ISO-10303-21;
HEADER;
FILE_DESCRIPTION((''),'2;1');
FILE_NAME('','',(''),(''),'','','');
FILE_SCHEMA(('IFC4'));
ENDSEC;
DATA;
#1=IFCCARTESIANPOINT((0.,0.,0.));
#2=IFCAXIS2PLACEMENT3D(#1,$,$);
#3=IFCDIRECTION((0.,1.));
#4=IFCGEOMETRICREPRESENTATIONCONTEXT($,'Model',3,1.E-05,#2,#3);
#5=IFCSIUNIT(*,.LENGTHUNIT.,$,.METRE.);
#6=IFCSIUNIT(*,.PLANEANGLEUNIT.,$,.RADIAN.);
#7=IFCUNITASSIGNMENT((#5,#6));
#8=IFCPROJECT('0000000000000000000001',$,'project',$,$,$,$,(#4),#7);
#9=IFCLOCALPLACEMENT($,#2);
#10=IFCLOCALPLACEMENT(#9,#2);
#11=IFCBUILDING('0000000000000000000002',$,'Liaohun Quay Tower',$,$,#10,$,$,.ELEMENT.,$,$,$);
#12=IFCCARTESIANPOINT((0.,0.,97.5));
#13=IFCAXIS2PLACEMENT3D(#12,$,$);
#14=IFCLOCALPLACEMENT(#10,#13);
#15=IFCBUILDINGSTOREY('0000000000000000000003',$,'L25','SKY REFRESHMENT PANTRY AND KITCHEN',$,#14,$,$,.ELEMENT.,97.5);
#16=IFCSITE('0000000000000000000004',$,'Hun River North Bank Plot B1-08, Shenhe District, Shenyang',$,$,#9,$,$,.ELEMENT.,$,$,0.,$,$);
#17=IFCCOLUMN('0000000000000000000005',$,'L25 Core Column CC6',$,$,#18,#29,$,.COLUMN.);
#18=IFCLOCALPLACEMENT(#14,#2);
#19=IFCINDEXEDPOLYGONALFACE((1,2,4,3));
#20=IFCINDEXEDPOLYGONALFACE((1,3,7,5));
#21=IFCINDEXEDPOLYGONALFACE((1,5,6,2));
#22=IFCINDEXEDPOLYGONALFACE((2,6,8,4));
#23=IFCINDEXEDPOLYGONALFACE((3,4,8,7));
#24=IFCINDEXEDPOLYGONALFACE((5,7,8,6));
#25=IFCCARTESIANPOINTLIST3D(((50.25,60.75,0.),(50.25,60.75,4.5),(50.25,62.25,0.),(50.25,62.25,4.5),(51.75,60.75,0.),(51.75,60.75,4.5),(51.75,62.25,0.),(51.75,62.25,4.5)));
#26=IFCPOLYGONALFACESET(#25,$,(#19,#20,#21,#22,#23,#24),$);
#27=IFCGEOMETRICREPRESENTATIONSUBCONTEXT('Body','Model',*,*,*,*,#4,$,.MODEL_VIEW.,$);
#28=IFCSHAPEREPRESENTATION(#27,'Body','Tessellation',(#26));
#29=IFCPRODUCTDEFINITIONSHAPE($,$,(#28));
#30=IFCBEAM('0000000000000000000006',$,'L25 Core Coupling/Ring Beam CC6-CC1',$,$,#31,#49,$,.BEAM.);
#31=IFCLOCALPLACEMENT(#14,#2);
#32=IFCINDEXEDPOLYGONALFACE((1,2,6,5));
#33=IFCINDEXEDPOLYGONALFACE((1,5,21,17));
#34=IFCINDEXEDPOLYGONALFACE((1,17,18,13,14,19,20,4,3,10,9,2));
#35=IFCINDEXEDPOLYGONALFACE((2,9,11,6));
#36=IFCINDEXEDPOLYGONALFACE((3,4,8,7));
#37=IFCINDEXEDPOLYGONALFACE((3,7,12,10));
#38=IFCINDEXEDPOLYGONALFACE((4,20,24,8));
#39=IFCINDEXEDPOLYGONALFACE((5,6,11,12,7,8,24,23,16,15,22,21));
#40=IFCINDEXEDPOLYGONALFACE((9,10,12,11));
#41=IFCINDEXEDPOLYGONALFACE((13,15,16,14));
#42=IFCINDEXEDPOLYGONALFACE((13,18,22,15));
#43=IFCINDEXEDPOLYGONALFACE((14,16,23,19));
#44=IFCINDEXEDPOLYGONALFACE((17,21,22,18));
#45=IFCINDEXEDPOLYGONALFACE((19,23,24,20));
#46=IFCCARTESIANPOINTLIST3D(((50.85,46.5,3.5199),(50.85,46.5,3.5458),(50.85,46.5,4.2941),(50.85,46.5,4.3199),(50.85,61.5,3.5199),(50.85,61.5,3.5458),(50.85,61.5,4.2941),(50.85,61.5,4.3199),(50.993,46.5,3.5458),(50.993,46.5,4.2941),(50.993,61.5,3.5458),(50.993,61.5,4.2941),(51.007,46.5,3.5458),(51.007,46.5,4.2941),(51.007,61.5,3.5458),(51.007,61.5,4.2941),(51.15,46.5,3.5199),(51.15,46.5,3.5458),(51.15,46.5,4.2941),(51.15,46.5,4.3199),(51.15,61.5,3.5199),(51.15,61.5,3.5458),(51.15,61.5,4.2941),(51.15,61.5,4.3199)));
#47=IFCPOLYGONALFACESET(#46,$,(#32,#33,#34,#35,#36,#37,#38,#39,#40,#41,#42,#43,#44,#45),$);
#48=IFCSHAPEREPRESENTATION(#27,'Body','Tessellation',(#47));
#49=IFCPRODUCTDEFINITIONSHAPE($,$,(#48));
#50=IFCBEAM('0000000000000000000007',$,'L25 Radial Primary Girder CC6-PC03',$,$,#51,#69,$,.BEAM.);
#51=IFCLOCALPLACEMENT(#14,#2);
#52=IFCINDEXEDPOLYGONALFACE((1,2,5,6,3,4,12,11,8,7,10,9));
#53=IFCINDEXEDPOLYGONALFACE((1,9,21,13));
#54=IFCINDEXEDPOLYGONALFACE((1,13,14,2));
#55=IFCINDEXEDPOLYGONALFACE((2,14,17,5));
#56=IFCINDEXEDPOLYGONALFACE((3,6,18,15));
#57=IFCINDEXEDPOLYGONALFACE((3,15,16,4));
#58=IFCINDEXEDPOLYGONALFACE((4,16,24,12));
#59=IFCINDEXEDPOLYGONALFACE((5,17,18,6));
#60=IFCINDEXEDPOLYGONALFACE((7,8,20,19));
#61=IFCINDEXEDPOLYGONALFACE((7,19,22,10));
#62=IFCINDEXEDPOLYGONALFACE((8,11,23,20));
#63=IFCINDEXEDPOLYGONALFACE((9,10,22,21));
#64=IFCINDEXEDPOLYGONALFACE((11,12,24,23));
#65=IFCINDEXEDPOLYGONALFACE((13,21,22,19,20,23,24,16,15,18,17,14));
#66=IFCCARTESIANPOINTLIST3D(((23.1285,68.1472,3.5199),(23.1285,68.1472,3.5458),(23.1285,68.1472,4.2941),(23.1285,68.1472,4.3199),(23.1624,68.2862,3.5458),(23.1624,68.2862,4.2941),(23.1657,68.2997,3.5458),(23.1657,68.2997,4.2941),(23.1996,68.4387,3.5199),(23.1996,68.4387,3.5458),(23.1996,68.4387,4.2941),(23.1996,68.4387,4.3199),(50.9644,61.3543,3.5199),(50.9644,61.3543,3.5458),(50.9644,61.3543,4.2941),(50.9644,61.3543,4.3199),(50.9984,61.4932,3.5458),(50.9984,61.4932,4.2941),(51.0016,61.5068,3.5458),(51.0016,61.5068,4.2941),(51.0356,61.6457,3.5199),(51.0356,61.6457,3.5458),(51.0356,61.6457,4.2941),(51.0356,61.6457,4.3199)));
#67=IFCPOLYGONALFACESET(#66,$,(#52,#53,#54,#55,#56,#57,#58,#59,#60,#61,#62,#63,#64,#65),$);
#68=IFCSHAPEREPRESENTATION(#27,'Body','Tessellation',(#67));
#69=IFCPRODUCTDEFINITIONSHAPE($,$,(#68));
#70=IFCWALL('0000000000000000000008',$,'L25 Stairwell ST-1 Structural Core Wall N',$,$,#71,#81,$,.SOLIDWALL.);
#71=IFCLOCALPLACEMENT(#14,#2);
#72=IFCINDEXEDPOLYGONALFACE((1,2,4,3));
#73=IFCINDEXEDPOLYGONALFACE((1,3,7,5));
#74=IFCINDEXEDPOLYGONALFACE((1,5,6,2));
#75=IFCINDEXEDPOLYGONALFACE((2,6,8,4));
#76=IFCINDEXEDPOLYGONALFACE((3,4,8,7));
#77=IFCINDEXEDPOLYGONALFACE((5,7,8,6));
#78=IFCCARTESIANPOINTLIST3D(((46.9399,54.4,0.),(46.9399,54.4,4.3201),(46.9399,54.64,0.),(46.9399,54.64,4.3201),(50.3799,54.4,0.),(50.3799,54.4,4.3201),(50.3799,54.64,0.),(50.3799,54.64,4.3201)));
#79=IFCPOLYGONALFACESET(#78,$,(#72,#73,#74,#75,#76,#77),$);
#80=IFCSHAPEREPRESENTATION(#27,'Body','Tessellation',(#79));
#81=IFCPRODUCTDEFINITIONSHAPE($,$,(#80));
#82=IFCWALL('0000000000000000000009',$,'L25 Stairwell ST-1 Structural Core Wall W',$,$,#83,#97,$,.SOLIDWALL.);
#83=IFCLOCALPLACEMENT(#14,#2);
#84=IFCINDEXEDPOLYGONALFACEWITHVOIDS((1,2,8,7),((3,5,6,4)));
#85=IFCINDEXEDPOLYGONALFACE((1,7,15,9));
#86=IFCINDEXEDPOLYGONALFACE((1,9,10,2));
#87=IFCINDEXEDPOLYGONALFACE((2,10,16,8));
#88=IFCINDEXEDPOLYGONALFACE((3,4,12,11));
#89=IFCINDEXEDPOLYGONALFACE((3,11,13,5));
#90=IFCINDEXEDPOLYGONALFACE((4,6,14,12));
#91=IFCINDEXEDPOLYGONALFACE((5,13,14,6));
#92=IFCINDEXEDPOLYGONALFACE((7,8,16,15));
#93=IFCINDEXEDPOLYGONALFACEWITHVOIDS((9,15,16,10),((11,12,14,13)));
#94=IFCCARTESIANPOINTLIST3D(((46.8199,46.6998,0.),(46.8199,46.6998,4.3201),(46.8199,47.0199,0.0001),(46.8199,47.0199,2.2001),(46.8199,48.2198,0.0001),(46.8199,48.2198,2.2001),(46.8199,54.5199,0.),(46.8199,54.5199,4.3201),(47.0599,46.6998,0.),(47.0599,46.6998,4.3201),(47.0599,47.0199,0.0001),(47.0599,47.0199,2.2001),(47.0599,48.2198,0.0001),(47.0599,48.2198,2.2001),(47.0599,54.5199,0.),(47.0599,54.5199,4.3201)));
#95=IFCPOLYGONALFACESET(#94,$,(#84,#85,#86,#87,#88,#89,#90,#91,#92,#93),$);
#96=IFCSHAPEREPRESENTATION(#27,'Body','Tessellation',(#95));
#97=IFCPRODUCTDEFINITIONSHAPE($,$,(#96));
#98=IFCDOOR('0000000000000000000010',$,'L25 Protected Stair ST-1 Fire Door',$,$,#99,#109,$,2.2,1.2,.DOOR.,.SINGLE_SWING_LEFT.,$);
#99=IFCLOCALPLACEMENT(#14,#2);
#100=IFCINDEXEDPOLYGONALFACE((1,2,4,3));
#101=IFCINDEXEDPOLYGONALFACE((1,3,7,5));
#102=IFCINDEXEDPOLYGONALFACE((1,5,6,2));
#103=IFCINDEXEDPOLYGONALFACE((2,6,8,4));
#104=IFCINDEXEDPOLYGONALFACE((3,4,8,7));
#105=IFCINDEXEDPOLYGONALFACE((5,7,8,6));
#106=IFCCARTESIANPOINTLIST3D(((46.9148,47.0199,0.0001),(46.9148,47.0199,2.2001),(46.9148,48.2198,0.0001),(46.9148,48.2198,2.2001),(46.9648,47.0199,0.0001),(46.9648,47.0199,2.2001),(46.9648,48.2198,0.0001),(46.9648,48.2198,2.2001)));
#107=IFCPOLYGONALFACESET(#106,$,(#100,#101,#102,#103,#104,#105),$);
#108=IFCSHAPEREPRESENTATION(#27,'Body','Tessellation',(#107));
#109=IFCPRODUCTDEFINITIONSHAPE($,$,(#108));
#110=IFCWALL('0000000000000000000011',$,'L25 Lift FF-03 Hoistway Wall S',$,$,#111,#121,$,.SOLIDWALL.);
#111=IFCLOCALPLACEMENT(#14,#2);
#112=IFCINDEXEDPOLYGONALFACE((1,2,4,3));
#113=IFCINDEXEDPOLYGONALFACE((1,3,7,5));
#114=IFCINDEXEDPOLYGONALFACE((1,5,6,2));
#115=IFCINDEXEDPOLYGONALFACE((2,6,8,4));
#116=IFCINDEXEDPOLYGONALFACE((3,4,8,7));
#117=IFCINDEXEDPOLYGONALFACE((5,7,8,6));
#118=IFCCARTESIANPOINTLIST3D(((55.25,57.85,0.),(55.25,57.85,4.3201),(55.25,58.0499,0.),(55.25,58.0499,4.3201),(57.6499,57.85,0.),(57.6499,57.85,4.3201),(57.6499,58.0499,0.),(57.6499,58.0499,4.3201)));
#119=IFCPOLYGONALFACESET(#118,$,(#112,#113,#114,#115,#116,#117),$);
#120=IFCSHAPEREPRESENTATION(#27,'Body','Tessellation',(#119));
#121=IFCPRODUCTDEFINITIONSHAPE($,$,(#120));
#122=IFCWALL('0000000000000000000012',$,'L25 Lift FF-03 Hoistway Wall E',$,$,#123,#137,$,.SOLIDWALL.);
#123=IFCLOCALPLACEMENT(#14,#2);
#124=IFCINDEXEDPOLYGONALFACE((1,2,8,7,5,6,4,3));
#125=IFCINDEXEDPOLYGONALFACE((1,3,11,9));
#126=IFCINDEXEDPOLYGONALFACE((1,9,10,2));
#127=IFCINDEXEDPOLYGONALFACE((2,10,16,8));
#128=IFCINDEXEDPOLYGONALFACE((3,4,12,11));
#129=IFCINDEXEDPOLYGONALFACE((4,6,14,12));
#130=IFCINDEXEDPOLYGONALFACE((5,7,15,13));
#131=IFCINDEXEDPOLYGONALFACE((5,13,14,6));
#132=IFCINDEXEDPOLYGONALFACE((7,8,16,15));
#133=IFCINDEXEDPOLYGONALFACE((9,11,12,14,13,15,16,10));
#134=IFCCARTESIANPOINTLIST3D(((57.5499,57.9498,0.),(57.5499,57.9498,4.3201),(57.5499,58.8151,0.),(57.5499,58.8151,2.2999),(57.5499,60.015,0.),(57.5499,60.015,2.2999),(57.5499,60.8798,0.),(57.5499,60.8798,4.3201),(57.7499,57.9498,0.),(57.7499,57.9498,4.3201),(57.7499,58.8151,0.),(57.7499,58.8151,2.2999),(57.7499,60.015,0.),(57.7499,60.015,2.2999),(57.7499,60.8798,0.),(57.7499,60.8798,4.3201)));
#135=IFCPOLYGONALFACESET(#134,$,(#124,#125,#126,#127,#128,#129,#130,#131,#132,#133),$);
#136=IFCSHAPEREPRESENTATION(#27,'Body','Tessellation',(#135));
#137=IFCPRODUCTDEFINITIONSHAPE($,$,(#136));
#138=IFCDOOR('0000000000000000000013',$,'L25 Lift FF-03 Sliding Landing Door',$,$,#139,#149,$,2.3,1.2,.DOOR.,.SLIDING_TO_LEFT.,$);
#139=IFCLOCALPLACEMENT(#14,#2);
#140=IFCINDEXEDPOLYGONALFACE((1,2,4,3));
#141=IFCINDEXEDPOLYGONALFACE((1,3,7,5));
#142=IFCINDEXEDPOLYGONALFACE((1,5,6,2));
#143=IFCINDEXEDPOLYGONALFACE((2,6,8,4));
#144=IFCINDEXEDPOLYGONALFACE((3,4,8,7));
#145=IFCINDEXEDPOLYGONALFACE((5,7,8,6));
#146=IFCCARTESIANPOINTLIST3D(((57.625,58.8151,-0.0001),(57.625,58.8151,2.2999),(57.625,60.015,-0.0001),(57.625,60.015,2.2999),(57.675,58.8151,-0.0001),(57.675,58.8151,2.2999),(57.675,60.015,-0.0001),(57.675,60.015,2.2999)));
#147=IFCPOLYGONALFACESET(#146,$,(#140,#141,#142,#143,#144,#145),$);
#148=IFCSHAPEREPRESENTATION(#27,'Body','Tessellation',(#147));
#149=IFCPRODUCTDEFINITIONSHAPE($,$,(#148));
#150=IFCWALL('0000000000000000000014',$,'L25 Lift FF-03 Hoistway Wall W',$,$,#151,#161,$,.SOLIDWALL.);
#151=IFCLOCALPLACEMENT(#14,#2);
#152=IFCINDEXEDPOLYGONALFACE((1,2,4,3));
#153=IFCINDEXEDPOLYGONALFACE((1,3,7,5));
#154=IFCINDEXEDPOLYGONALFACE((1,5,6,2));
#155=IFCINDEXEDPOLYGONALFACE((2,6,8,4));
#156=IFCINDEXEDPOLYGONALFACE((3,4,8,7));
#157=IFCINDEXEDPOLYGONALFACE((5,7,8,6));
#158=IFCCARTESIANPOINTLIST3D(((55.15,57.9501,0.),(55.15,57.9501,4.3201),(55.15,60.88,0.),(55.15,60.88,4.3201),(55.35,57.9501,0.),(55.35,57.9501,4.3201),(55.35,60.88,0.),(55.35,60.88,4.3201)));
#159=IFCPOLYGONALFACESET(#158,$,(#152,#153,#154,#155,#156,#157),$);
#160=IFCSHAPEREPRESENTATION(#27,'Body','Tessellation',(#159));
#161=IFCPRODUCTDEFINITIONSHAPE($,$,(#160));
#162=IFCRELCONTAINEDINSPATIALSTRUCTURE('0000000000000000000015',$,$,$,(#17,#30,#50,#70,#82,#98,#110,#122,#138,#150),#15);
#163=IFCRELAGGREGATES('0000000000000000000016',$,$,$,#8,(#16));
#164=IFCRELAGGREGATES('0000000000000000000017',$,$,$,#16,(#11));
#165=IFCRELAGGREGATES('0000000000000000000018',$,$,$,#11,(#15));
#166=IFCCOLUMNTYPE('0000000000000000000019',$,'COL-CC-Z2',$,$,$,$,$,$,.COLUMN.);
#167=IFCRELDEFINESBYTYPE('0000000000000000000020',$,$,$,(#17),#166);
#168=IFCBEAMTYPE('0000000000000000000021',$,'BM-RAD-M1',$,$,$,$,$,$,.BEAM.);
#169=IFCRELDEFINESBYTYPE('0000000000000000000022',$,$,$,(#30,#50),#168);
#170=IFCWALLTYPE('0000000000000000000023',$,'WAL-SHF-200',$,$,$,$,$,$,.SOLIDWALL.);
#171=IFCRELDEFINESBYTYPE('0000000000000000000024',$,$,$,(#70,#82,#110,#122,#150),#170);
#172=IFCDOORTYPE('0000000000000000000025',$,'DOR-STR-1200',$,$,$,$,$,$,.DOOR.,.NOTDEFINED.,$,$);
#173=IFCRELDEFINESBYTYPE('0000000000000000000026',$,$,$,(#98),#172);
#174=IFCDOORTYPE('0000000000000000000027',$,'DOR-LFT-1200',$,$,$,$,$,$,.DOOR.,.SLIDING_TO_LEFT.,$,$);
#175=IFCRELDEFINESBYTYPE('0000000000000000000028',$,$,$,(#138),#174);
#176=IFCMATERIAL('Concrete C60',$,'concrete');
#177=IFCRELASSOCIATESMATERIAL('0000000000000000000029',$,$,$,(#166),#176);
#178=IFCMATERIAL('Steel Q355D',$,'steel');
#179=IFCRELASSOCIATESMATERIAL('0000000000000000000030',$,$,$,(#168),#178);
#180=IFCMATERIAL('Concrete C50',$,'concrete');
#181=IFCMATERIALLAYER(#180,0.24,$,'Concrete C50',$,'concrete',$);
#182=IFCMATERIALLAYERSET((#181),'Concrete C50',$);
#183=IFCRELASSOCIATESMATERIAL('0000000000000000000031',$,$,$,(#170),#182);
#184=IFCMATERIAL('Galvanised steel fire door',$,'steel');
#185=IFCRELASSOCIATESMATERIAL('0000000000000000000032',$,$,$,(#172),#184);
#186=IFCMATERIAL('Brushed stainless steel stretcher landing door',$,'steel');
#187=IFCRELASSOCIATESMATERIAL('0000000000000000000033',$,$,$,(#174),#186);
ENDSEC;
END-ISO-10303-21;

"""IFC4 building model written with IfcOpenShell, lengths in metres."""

from ifc_helpers import new_model, si_unit, direction, frame, frame_2d, origin, origin_2d, place, context, subcontext, project, spatial, rectangle, i_section, extrude, source, transform, mapped, material, layer, layer_set, material_profile, profile_set, type_object, element, fill, save


model = new_model("IFC4")

# Units and contexts
model_context = context("Model", 3, precision=1e-05, world=origin(), true_north=direction((0.0, 1.0)))
body_context = subcontext(model_context, "Body", "Model", "MODEL_VIEW")
ifc_project = project(units=[si_unit("LENGTHUNIT", "METRE"), si_unit("PLANEANGLEUNIT", "RADIAN")], contexts=[model_context])

# Site, building, storey
site_placement = place(None, origin())
site = spatial("IfcSite", under=ifc_project, at=site_placement, Name="Hun River North Bank Plot B1-08, Shenhe District, Shenyang", CompositionType="ELEMENT", RefElevation=0.0)
building_placement = place(site_placement, origin())
building = spatial("IfcBuilding", under=site, at=building_placement, Name="Liaohun Quay Tower", CompositionType="ELEMENT")
storey_placement = place(building_placement, frame((0.0, 0.0, 97.5)))
storey = spatial("IfcBuildingStorey", under=building, at=storey_placement, Name="L25", Description="SKY REFRESHMENT PANTRY AND KITCHEN", CompositionType="ELEMENT", Elevation=97.5)

# Column
ifc_material_1 = material(Name="Concrete C60", Category="concrete")
ifc_material_profile_1 = material_profile(ifc_material_1, rectangle(XDim=1.5, YDim=1.5, at=origin_2d()), Name="RC1500x1500")
ifc_profile_set_1 = profile_set([ifc_material_profile_1], Name="Concrete C60")
column_type = type_object("IfcColumnType", Name="COL-CC-Z2", PredefinedType="COLUMN", material=ifc_profile_set_1)
shared_shape_1 = source(origin(), body_context, "Body", "SweptSolid", [
    extrude(rectangle(XDim=1.5, YDim=1.5, at=origin_2d()), origin(), (0.0, 0.0, 1.0), 4.5),
])
column_placement = place(storey_placement, frame((51.0, 61.5, 0.0), z_axis=(0.0, 0.0, 1.0), x_axis=(1.0, 0.0, 0.0)))
element("IfcColumn", 1, at=column_placement, inside=storey, type_object=column_type, Name="L25 Core Column CC6", PredefinedType="COLUMN", context=body_context, shape_type="MappedRepresentation", body=[
    mapped(shared_shape_1, transform((0.0, 0.0, 0.0), x_axis=(1.0, 0.0, 0.0), y_axis=(0.0, 1.0, 0.0), z_axis=(0.0, 0.0, 1.0), scale=1.0)),
])

# Beams
ifc_material_2 = material(Name="Steel Q355D", Category="steel")
ifc_material_profile_2 = material_profile(ifc_material_2, i_section(OverallWidth=0.3, OverallDepth=0.8, WebThickness=0.0139, FlangeThickness=0.0259, at=origin_2d()), Name="HN800x300x14x26")
ifc_profile_set_2 = profile_set([ifc_material_profile_2], Name="Steel Q355D")
beam_type = type_object("IfcBeamType", Name="BM-RAD-M1", PredefinedType="BEAM", material=ifc_profile_set_2)
shared_shape_2 = source(origin(), body_context, "Body", "SweptSolid", [
    extrude(i_section(OverallWidth=0.3, OverallDepth=0.8, WebThickness=0.0139, FlangeThickness=0.0259, at=origin_2d()), origin(), (0.0, 0.0, 1.0), 15.0),
])
beam_1_placement = place(storey_placement, frame((51.0, 61.5, 3.9199), z_axis=(0.0, -1.0, 0.0), x_axis=(1.0, 0.0, 0.0)))
element("IfcBeam", 2, at=beam_1_placement, inside=storey, type_object=beam_type, Name="L25 Core Coupling/Ring Beam CC6-CC1", PredefinedType="BEAM", context=body_context, shape_type="MappedRepresentation", body=[
    mapped(shared_shape_2, transform((0.0, 0.0, 0.0), x_axis=(1.0, 0.0, 0.0), y_axis=(0.0, 1.0, 0.0), z_axis=(0.0, 0.0, 1.0), scale=1.0)),
])
shared_shape_3 = source(origin(), body_context, "Body", "SweptSolid", [
    extrude(i_section(OverallWidth=0.3, OverallDepth=0.8, WebThickness=0.0139, FlangeThickness=0.0259, at=origin_2d()), origin(), (0.0, 0.0, 1.0), 28.6528),
])
beam_2_placement = place(storey_placement, frame((51.0, 61.5, 3.9199), z_axis=(-0.97149, 0.237079, 0.0), x_axis=(-0.237079, -0.97149, 0.0)))
element("IfcBeam", 3, at=beam_2_placement, inside=storey, type_object=beam_type, Name="L25 Radial Primary Girder CC6-PC03", PredefinedType="BEAM", context=body_context, shape_type="MappedRepresentation", body=[
    mapped(shared_shape_3, transform((0.0, 0.0, 0.0), x_axis=(1.0, 0.0, 0.0), y_axis=(0.0, 1.0, 0.0), z_axis=(0.0, 0.0, 1.0), scale=1.0)),
])

# Wall
ifc_material_3 = material(Name="Concrete C50", Category="concrete")
ifc_layer = layer(ifc_material_3, 0.24, Name="Concrete C50", Category="concrete")
ifc_layer_set = layer_set([ifc_layer], Name="Concrete C50")
wall_type = type_object("IfcWallType", Name="WAL-SHF-200", PredefinedType="SOLIDWALL", material=ifc_layer_set)
wall_1_placement = place(storey_placement, frame((50.3799, 54.52, 0.0), z_axis=(0.0, 0.0, 1.0), x_axis=(-1.0, 0.0, 0.0)))
element("IfcWall", 4, at=wall_1_placement, inside=storey, type_object=wall_type, Name="L25 Stairwell ST-1 Structural Core Wall N", PredefinedType="SOLIDWALL", context=body_context, shape_type="SweptSolid", body=[
    extrude(rectangle(XDim=3.4399, YDim=0.24, at=frame_2d((1.72, 0.0))), origin(), (0.0, 0.0, 1.0), 4.3201),
])

# Wall, opening, door
wall_2_placement = place(storey_placement, frame((46.9399, 54.52, 0.0), z_axis=(0.0, 0.0, 1.0), x_axis=(0.0, -1.0, 0.0)))
wall_2 = element("IfcWall", 5, at=wall_2_placement, inside=storey, type_object=wall_type, Name="L25 Stairwell ST-1 Structural Core Wall W", PredefinedType="SOLIDWALL", context=body_context, shape_type="SweptSolid", body=[
    extrude(rectangle(XDim=7.8201, YDim=0.24, at=frame_2d((3.9102, 0.0))), origin(), (0.0, 0.0, 1.0), 4.3201),
])
shared_shape_4 = source(origin(), body_context, "Body", "SweptSolid", [
    extrude(rectangle(XDim=1.2, YDim=2.2, at=frame_2d((0.6001, 1.1001))), frame((0.0, 0.1299, 0.0), z_axis=(0.0, -1.0, 0.0), x_axis=(1.0, 0.0, 0.0)), (0.0, 0.0, 1.0), 0.26),
])
opening_1_placement = place(wall_2_placement, frame((6.3, 0.0, 0.0)))
opening_1 = element("IfcOpeningElement", 6, at=opening_1_placement, cuts=wall_2, PredefinedType="OPENING", context=body_context, shape_type="MappedRepresentation", body=[
    mapped(shared_shape_4, transform((0.0, 0.0, 0.0), x_axis=(1.0, 0.0, 0.0), y_axis=(0.0, 1.0, 0.0), z_axis=(0.0, 0.0, 1.0), scale=1.0)),
])
ifc_material_4 = material(Name="Galvanised steel fire door", Category="steel")
door_type_1 = type_object("IfcDoorType", Name="DOR-STR-1200", OperationType="NOTDEFINED", PredefinedType="DOOR", material=ifc_material_4)
shared_shape_5 = source(origin(), body_context, "Body", "SweptSolid", [
    extrude(rectangle(XDim=1.2, YDim=2.2, at=frame_2d((0.6001, 1.1001))), frame((0.0, 0.0249, 0.0), z_axis=(0.0, -1.0, 0.0), x_axis=(1.0, 0.0, 0.0)), (0.0, 0.0, 1.0), 0.05),
])
door_1_placement = place(opening_1_placement, origin())
door_1 = element("IfcDoor", 7, at=door_1_placement, inside=storey, type_object=door_type_1, Name="L25 Protected Stair ST-1 Fire Door", OperationType="SINGLE_SWING_LEFT", OverallHeight=2.2, OverallWidth=1.2, PredefinedType="DOOR", context=body_context, shape_type="MappedRepresentation", body=[
    mapped(shared_shape_5, transform((0.0, 0.0, 0.0), x_axis=(1.0, 0.0, 0.0), y_axis=(0.0, 1.0, 0.0), z_axis=(0.0, 0.0, 1.0), scale=1.0)),
])
fill(opening_1, door_1)

# Wall
wall_3_placement = place(storey_placement, frame((55.25, 57.95, 0.0), z_axis=(0.0, 0.0, 1.0), x_axis=(1.0, 0.0, 0.0)))
element("IfcWall", 8, at=wall_3_placement, inside=storey, type_object=wall_type, Name="L25 Lift FF-03 Hoistway Wall S", PredefinedType="SOLIDWALL", context=body_context, shape_type="SweptSolid", body=[
    extrude(rectangle(XDim=2.3999, YDim=0.2, at=frame_2d((1.2, 0.0))), origin(), (0.0, 0.0, 1.0), 4.3201),
])

# Wall, opening, door
wall_4_placement = place(storey_placement, frame((57.6499, 57.95, 0.0), z_axis=(0.0, 0.0, 1.0), x_axis=(0.0, 1.0, 0.0)))
wall_4 = element("IfcWall", 9, at=wall_4_placement, inside=storey, type_object=wall_type, Name="L25 Lift FF-03 Hoistway Wall E", PredefinedType="SOLIDWALL", context=body_context, shape_type="SweptSolid", body=[
    extrude(rectangle(XDim=2.9299, YDim=0.2, at=frame_2d((1.4648, 0.0))), origin(), (0.0, 0.0, 1.0), 4.3201),
])
shared_shape_6 = source(origin(), body_context, "Body", "SweptSolid", [
    extrude(rectangle(XDim=1.2, YDim=2.3, at=frame_2d((0.6001, 1.1499))), frame((0.0, 0.1099, 0.0), z_axis=(0.0, -1.0, 0.0), x_axis=(1.0, 0.0, 0.0)), (0.0, 0.0, 1.0), 0.22),
])
opening_2_placement = place(wall_4_placement, frame((0.865, 0.0, 0.0)))
opening_2 = element("IfcOpeningElement", 10, at=opening_2_placement, cuts=wall_4, PredefinedType="OPENING", context=body_context, shape_type="MappedRepresentation", body=[
    mapped(shared_shape_6, transform((0.0, 0.0, 0.0), x_axis=(1.0, 0.0, 0.0), y_axis=(0.0, 1.0, 0.0), z_axis=(0.0, 0.0, 1.0), scale=1.0)),
])
ifc_material_5 = material(Name="Brushed stainless steel stretcher landing door", Category="steel")
door_type_2 = type_object("IfcDoorType", Name="DOR-LFT-1200", OperationType="SLIDING_TO_LEFT", PredefinedType="DOOR", material=ifc_material_5)
shared_shape_7 = source(origin(), body_context, "Body", "SweptSolid", [
    extrude(rectangle(XDim=1.2, YDim=2.3, at=frame_2d((0.6001, 1.1499))), frame((0.0, 0.0249, 0.0), z_axis=(0.0, -1.0, 0.0), x_axis=(1.0, 0.0, 0.0)), (0.0, 0.0, 1.0), 0.05),
])
door_2_placement = place(opening_2_placement, origin())
door_2 = element("IfcDoor", 11, at=door_2_placement, inside=storey, type_object=door_type_2, Name="L25 Lift FF-03 Sliding Landing Door", OperationType="SLIDING_TO_LEFT", OverallHeight=2.3, OverallWidth=1.2, PredefinedType="DOOR", context=body_context, shape_type="MappedRepresentation", body=[
    mapped(shared_shape_7, transform((0.0, 0.0, 0.0), x_axis=(1.0, 0.0, 0.0), y_axis=(0.0, 1.0, 0.0), z_axis=(0.0, 0.0, 1.0), scale=1.0)),
])
fill(opening_2, door_2)

# Wall
wall_5_placement = place(storey_placement, frame((55.25, 60.8799, 0.0), z_axis=(0.0, 0.0, 1.0), x_axis=(0.0, -1.0, 0.0)))
element("IfcWall", 12, at=wall_5_placement, inside=storey, type_object=wall_type, Name="L25 Lift FF-03 Hoistway Wall W", PredefinedType="SOLIDWALL", context=body_context, shape_type="SweptSolid", body=[
    extrude(rectangle(XDim=2.9299, YDim=0.2, at=frame_2d((1.4648, 0.0))), origin(), (0.0, 0.0, 1.0), 4.3201),
])

save(model, "model.ifc")
